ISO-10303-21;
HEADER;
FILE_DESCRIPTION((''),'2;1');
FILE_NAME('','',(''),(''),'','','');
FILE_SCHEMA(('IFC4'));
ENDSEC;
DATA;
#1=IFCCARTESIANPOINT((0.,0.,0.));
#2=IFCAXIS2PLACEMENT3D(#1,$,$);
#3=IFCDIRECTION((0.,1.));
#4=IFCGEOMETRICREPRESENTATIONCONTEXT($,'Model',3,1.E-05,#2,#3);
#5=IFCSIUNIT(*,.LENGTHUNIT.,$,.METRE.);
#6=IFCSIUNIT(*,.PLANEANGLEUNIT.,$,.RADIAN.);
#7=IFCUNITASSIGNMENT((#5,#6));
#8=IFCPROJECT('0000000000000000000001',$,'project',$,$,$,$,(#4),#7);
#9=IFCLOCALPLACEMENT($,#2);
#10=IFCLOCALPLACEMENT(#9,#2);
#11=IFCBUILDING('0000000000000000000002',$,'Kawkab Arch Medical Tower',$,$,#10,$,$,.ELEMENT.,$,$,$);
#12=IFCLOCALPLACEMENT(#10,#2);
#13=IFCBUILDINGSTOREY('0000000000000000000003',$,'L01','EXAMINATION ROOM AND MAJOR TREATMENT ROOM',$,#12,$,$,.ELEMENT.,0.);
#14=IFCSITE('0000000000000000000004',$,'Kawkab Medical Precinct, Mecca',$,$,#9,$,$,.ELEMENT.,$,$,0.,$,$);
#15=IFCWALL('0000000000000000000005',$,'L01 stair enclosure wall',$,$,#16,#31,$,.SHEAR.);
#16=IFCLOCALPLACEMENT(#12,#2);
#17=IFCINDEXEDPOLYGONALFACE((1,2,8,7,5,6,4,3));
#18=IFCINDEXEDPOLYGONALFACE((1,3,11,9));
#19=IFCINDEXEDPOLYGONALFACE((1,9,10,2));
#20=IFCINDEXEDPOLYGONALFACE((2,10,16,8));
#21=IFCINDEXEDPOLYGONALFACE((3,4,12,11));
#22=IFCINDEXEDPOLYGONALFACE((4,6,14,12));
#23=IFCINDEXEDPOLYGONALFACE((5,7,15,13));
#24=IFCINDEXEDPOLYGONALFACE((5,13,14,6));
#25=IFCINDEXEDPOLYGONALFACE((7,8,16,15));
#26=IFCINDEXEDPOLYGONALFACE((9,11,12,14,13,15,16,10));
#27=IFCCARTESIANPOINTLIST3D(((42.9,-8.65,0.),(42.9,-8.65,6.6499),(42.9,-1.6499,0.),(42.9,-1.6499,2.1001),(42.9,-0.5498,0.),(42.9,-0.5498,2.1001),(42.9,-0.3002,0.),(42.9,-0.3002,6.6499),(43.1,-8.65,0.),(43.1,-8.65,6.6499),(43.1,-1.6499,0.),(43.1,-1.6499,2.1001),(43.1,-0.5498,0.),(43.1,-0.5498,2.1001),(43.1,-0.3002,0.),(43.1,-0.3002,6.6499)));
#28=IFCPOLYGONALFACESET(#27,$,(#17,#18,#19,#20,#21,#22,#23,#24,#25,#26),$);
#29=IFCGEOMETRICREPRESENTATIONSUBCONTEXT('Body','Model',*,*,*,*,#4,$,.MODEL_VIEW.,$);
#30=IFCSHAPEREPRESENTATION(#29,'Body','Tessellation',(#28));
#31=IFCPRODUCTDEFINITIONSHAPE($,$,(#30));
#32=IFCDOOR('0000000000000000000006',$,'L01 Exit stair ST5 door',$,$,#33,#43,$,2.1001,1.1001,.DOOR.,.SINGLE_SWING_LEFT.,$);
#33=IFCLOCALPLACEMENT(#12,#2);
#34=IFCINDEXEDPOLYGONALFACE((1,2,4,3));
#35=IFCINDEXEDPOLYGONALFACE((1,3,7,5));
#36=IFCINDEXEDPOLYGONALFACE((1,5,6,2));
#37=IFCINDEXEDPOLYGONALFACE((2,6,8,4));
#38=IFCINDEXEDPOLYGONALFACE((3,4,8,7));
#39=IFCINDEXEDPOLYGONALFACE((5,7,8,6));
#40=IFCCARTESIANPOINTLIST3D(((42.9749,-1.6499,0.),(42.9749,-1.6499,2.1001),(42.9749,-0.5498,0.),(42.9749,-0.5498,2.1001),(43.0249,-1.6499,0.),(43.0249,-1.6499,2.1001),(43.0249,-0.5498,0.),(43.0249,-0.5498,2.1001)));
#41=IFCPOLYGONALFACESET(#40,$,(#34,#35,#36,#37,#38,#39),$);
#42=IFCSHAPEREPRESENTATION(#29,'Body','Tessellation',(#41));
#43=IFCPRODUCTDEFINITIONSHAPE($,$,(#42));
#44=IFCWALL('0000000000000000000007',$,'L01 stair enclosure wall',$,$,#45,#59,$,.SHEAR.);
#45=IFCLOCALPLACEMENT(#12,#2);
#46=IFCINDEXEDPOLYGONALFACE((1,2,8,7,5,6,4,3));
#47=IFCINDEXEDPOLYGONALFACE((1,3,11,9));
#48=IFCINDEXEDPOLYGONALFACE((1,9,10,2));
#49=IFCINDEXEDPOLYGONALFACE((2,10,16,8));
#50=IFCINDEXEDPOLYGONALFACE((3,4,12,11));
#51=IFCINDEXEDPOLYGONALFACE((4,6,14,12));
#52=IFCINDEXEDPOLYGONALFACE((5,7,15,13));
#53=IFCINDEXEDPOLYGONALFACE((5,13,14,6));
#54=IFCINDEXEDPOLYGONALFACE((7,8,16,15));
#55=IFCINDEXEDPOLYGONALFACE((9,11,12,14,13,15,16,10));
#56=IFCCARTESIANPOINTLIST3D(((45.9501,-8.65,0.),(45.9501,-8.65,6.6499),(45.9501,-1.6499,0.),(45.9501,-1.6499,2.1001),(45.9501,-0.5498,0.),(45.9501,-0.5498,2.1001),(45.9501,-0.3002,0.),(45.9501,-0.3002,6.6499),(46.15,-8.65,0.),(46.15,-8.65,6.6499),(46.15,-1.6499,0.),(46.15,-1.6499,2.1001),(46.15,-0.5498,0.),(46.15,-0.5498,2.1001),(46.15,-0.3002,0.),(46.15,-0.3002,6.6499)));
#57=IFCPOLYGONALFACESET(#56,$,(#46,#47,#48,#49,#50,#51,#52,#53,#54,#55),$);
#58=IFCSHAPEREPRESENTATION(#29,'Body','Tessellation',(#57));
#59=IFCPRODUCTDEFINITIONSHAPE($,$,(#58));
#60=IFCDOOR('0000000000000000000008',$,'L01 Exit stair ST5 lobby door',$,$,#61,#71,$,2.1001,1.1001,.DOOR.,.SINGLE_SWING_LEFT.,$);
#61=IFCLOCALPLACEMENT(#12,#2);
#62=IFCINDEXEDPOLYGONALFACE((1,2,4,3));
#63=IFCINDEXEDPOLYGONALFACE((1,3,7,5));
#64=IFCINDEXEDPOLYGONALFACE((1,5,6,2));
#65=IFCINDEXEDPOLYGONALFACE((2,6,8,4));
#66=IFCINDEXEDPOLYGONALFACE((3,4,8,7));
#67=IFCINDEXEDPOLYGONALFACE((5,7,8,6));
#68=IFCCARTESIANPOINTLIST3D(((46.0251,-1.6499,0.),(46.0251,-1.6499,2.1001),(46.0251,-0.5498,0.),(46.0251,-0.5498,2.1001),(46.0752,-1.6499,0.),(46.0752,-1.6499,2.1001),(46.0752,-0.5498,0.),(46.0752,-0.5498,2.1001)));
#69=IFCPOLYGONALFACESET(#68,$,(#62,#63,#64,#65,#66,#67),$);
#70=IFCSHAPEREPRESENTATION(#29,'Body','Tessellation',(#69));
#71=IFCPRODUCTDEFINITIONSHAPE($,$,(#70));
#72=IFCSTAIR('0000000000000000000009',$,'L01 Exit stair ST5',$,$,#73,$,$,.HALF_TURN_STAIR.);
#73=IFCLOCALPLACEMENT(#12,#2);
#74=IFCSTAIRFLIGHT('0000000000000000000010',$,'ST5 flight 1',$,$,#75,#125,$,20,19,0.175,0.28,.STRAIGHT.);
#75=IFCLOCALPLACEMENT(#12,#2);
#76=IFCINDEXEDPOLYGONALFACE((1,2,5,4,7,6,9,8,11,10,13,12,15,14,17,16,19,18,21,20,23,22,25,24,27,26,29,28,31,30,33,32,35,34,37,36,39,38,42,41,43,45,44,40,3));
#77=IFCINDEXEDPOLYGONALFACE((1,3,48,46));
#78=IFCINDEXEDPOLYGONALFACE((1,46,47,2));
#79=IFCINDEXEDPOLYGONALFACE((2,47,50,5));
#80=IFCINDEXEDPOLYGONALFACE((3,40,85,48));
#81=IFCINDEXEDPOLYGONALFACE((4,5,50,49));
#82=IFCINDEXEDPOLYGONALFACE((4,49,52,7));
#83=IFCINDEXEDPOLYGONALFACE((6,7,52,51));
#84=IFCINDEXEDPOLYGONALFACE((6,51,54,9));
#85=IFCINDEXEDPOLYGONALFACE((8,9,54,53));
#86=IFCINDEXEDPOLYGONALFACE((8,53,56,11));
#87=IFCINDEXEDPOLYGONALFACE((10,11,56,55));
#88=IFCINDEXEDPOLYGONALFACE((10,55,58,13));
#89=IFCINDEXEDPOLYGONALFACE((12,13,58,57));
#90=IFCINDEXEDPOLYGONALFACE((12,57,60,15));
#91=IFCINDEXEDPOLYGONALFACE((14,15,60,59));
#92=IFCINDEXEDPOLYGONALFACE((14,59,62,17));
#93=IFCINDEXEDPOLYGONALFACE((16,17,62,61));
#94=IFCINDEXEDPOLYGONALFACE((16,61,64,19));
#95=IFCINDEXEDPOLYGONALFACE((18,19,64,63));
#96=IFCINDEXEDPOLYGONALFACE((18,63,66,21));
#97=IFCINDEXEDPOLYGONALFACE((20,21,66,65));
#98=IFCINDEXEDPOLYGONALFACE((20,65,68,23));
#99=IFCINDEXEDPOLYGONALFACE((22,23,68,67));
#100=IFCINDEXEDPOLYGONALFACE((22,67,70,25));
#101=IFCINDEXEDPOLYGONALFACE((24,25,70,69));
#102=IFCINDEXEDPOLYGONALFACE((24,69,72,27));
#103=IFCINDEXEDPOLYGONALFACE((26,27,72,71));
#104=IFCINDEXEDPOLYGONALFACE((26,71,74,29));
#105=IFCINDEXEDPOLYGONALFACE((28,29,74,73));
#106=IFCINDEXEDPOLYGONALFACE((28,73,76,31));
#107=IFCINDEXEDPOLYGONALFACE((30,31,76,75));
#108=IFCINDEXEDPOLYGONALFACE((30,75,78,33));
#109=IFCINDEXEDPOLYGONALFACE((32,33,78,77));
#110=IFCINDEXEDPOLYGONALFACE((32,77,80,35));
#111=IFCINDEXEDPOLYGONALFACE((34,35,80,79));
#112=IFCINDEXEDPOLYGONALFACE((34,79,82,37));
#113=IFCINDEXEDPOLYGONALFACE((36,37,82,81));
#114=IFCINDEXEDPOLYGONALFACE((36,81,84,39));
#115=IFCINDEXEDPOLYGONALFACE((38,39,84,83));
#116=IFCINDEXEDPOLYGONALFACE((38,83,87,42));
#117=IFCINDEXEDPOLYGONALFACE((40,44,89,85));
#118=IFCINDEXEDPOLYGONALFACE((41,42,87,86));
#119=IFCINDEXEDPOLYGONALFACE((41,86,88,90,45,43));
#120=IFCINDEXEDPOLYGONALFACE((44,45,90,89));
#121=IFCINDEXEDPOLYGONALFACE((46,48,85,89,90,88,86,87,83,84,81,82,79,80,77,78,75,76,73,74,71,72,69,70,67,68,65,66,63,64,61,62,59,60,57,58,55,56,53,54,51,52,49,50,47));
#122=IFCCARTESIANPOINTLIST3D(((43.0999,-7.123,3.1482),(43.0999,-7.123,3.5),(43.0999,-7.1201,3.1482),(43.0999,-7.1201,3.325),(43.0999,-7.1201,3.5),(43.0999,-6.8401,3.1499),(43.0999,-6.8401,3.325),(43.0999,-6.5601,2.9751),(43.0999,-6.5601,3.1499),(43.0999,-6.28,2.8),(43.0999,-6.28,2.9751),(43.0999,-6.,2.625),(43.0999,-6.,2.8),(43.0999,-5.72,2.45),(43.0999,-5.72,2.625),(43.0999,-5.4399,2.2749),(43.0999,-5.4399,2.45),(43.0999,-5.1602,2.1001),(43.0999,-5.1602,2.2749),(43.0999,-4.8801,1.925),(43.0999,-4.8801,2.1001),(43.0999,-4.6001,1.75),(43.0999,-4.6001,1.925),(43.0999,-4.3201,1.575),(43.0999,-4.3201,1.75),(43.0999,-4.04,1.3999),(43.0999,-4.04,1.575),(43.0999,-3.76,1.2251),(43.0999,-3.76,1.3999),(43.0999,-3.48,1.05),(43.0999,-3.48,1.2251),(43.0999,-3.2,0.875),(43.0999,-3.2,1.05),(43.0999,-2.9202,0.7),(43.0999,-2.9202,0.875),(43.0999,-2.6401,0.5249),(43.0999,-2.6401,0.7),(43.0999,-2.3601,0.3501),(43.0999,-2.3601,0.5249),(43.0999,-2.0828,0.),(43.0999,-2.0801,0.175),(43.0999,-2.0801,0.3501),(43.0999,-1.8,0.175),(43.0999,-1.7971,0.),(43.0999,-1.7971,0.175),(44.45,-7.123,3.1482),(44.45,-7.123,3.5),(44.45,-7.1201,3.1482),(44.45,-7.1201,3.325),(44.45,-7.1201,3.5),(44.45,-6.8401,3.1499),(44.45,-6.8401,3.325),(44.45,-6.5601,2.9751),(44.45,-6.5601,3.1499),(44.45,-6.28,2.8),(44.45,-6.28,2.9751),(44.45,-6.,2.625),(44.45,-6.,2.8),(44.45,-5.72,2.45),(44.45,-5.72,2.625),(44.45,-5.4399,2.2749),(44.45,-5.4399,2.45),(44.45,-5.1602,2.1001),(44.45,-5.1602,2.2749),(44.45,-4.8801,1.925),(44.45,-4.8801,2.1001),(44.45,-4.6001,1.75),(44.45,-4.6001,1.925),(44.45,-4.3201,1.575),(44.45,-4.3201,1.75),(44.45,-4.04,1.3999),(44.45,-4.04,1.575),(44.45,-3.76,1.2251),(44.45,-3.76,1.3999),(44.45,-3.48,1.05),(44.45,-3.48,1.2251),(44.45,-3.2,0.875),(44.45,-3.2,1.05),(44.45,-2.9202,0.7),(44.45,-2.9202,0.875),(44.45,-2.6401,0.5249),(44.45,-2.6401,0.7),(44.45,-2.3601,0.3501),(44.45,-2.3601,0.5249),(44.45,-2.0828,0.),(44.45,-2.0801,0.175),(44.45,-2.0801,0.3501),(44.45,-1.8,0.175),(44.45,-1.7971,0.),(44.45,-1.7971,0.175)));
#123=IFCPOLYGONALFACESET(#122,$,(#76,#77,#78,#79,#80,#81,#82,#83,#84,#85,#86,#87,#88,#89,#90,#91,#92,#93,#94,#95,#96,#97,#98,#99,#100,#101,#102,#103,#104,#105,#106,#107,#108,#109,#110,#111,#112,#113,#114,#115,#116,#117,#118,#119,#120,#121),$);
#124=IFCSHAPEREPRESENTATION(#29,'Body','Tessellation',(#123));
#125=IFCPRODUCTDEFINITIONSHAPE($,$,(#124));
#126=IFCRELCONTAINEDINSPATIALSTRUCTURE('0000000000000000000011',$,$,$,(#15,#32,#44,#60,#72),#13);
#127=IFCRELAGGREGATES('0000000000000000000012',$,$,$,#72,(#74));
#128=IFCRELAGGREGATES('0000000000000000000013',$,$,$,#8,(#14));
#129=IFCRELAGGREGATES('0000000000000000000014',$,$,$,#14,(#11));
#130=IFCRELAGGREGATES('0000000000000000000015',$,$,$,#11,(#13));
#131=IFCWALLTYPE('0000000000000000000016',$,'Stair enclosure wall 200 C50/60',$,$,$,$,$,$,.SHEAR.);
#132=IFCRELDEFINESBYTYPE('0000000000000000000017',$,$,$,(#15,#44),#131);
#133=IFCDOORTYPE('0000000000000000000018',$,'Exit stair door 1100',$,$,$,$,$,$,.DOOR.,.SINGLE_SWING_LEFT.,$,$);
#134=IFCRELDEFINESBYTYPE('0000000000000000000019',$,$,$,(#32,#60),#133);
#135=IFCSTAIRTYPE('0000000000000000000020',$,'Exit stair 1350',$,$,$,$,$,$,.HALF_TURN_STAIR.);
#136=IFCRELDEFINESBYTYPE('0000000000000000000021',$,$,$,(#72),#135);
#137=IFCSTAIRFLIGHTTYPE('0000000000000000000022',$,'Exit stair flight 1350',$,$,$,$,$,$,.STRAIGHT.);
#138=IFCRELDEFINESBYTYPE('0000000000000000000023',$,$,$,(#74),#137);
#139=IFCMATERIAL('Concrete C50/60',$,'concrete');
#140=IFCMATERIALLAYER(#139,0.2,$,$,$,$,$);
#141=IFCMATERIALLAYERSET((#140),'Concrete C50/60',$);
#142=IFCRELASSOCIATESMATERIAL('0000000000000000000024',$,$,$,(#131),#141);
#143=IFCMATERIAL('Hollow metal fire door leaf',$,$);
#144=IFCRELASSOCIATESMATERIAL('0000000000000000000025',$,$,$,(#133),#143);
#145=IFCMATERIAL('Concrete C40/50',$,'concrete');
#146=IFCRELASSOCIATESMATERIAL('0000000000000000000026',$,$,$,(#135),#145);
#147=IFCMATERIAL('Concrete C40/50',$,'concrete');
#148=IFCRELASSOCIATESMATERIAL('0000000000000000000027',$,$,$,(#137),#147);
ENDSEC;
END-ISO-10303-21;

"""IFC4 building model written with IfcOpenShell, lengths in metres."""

from ifc_helpers import new_model, si_unit, direction, frame, frame_2d, origin, place, context, subcontext, project, spatial, polyline, rectangle, outline, extrude, material, layer, layer_set, type_object, element, fill, aggregate, save


model = new_model("IFC4")

# Units and contexts
model_context = context("Model", 3, precision=1e-05, world=origin(), true_north=direction((0.0, 1.0)))
body_context = subcontext(model_context, "Body", "Model", "MODEL_VIEW")
ifc_project = project(units=[si_unit("LENGTHUNIT", "METRE"), si_unit("PLANEANGLEUNIT", "RADIAN")], contexts=[model_context])

# Site, building, storey
site_placement = place(None, origin())
site = spatial("IfcSite", under=ifc_project, at=site_placement, Name="Kawkab Medical Precinct, Mecca", CompositionType="ELEMENT", RefElevation=0.0)
building_placement = place(site_placement, origin())
building = spatial("IfcBuilding", under=site, at=building_placement, Name="Kawkab Arch Medical Tower", CompositionType="ELEMENT")
storey_placement = place(building_placement, origin())
storey = spatial("IfcBuildingStorey", under=building, at=storey_placement, Name="L01", Description="EXAMINATION ROOM AND MAJOR TREATMENT ROOM", CompositionType="ELEMENT", Elevation=0.0)

# Walls, openings, doors
ifc_material_1 = material(Name="Concrete C50/60", Category="concrete")
ifc_layer_1 = layer(ifc_material_1, 0.2)
ifc_layer_set_1 = layer_set([ifc_layer_1], Name="Concrete C50/60")
wall_type_1 = type_object("IfcWallType", Name="Stair enclosure wall 200 C50/60", PredefinedType="SHEAR", material=ifc_layer_set_1)
wall_1_placement = place(storey_placement, frame((43.0, -8.6499, 0.0), z_axis=(0.0, 0.0, 1.0), x_axis=(0.0, 1.0, 0.0)))
wall_1 = element("IfcWall", 1, at=wall_1_placement, inside=storey, type_object=wall_type_1, Name="L01 stair enclosure wall", PredefinedType="SHEAR", context=body_context, shape_type="SweptSolid", body=[
    extrude(rectangle(XDim=8.3499, YDim=0.2, at=frame_2d((4.1748, 0.0))), origin(), (0.0, 0.0, 1.0), 6.6499),
])
opening_1_placement = place(wall_1_placement, frame((7.0, 0.0, 0.0)))
opening_1 = element("IfcOpeningElement", 2, at=opening_1_placement, cuts=wall_1, PredefinedType="OPENING", context=body_context, shape_type="SweptSolid", body=[
    extrude(rectangle(XDim=1.1001, YDim=2.1001, at=frame_2d((0.55, 1.05))), frame((0.0, 0.1099, 0.0), z_axis=(0.0, -1.0, 0.0), x_axis=(1.0, 0.0, 0.0)), (0.0, 0.0, 1.0), 0.22),
])
ifc_material_2 = material(Name="Hollow metal fire door leaf")
door_type_1 = type_object("IfcDoorType", Name="Exit stair door 1100", OperationType="SINGLE_SWING_LEFT", PredefinedType="DOOR", material=ifc_material_2)
door_1_placement = place(opening_1_placement, frame((1.1001, 0.0, 0.0), z_axis=(0.0, 0.0, 1.0), x_axis=(-1.0, 0.0, 0.0)))
door_1 = element("IfcDoor", 3, at=door_1_placement, inside=storey, type_object=door_type_1, Name="L01 Exit stair ST5 door", OperationType="SINGLE_SWING_LEFT", OverallHeight=2.1001, OverallWidth=1.1001, PredefinedType="DOOR", context=body_context, shape_type="SweptSolid", body=[
    extrude(rectangle(XDim=1.1001, YDim=2.1001, at=frame_2d((0.55, 1.05))), frame((0.0, 0.0249, 0.0), z_axis=(0.0, -1.0, 0.0), x_axis=(1.0, 0.0, 0.0)), (0.0, 0.0, 1.0), 0.05),
])
fill(opening_1, door_1)
wall_2_placement = place(storey_placement, frame((46.05, -8.6499, 0.0), z_axis=(0.0, 0.0, 1.0), x_axis=(0.0, 1.0, 0.0)))
wall_2 = element("IfcWall", 4, at=wall_2_placement, inside=storey, type_object=wall_type_1, Name="L01 stair enclosure wall", PredefinedType="SHEAR", context=body_context, shape_type="SweptSolid", body=[
    extrude(rectangle(XDim=8.3499, YDim=0.2, at=frame_2d((4.1748, 0.0))), origin(), (0.0, 0.0, 1.0), 6.6499),
])
opening_2_placement = place(wall_2_placement, frame((7.0, 0.0, 0.0)))
opening_2 = element("IfcOpeningElement", 5, at=opening_2_placement, cuts=wall_2, PredefinedType="OPENING", context=body_context, shape_type="SweptSolid", body=[
    extrude(rectangle(XDim=1.1001, YDim=2.1001, at=frame_2d((0.55, 1.05))), frame((0.0, 0.1099, 0.0), z_axis=(0.0, -1.0, 0.0), x_axis=(1.0, 0.0, 0.0)), (0.0, 0.0, 1.0), 0.22),
])
door_2_placement = place(opening_2_placement, origin())
door_2 = element("IfcDoor", 6, at=door_2_placement, inside=storey, type_object=door_type_1, Name="L01 Exit stair ST5 lobby door", OperationType="SINGLE_SWING_LEFT", OverallHeight=2.1001, OverallWidth=1.1001, PredefinedType="DOOR", context=body_context, shape_type="SweptSolid", body=[
    extrude(rectangle(XDim=1.1001, YDim=2.1001, at=frame_2d((0.55, 1.05))), frame((0.0, 0.0249, 0.0), z_axis=(0.0, -1.0, 0.0), x_axis=(1.0, 0.0, 0.0)), (0.0, 0.0, 1.0), 0.05),
])
fill(opening_2, door_2)

# Stair, stair flight
ifc_material_3 = material(Name="Concrete C40/50", Category="concrete")
stair_type = type_object("IfcStairType", Name="Exit stair 1350", PredefinedType="HALF_TURN_STAIR", material=ifc_material_3)
stair_placement = place(storey_placement, origin())
stair = element("IfcStair", 7, at=stair_placement, inside=storey, type_object=stair_type, Name="L01 Exit stair ST5", PredefinedType="HALF_TURN_STAIR")
ifc_material_4 = material(Name="Concrete C40/50", Category="concrete")
stair_flight_type = type_object("IfcStairFlightType", Name="Exit stair flight 1350", PredefinedType="STRAIGHT", material=ifc_material_4)
stair_flight_1_placement = place(storey_placement, frame((43.7749, -1.8, 0.0), z_axis=(0.0, 0.0, 1.0), x_axis=(0.0, -1.0, 0.0)))
stair_flight_1 = element("IfcStairFlight", 8, at=stair_flight_1_placement, type_object=stair_flight_type, Name="ST5 flight 1", NumberOfRisers=20, NumberOfTreads=19, PredefinedType="STRAIGHT", RiserHeight=0.175, TreadLength=0.28, context=body_context, shape_type="SweptSolid", body=[
    extrude(outline(polyline([(-0.0029, 0.0), (-0.0029, 0.175), (0.0, 0.175), (0.28, 0.175), (0.28, 0.3501), (0.5601, 0.3501), (0.5601, 0.5249), (0.8401, 0.5249), (0.8401, 0.7), (1.1201, 0.7), (1.1201, 0.875), (1.3999, 0.875), (1.3999, 1.05), (1.6799, 1.05), (1.6799, 1.2251), (1.96, 1.2251), (1.96, 1.3999), (2.24, 1.3999), (2.24, 1.575), (2.52, 1.575), (2.52, 1.75), (2.8, 1.75), (2.8, 1.925), (3.0801, 1.925), (3.0801, 2.1001), (3.3601, 2.1001), (3.3601, 2.2749), (3.6399, 2.2749), (3.6399, 2.45), (3.9199, 2.45), (3.9199, 2.625), (4.2, 2.625), (4.2, 2.8), (4.48, 2.8), (4.48, 2.9751), (4.76, 2.9751), (4.76, 3.1499), (5.04, 3.1499), (5.04, 3.325), (5.3201, 3.325), (5.3201, 3.5), (5.323, 3.5), (5.323, 3.1482), (5.3201, 3.1482), (0.2827, 0.0), (-0.0029, 0.0)])), frame((0.0, 0.675, 0.0), z_axis=(0.0, -1.0, 0.0), x_axis=(1.0, 0.0, 0.0)), (0.0, 0.0, 1.0), 1.3501),
])
aggregate(stair, [stair_flight_1])

save(model, "model.ifc")
